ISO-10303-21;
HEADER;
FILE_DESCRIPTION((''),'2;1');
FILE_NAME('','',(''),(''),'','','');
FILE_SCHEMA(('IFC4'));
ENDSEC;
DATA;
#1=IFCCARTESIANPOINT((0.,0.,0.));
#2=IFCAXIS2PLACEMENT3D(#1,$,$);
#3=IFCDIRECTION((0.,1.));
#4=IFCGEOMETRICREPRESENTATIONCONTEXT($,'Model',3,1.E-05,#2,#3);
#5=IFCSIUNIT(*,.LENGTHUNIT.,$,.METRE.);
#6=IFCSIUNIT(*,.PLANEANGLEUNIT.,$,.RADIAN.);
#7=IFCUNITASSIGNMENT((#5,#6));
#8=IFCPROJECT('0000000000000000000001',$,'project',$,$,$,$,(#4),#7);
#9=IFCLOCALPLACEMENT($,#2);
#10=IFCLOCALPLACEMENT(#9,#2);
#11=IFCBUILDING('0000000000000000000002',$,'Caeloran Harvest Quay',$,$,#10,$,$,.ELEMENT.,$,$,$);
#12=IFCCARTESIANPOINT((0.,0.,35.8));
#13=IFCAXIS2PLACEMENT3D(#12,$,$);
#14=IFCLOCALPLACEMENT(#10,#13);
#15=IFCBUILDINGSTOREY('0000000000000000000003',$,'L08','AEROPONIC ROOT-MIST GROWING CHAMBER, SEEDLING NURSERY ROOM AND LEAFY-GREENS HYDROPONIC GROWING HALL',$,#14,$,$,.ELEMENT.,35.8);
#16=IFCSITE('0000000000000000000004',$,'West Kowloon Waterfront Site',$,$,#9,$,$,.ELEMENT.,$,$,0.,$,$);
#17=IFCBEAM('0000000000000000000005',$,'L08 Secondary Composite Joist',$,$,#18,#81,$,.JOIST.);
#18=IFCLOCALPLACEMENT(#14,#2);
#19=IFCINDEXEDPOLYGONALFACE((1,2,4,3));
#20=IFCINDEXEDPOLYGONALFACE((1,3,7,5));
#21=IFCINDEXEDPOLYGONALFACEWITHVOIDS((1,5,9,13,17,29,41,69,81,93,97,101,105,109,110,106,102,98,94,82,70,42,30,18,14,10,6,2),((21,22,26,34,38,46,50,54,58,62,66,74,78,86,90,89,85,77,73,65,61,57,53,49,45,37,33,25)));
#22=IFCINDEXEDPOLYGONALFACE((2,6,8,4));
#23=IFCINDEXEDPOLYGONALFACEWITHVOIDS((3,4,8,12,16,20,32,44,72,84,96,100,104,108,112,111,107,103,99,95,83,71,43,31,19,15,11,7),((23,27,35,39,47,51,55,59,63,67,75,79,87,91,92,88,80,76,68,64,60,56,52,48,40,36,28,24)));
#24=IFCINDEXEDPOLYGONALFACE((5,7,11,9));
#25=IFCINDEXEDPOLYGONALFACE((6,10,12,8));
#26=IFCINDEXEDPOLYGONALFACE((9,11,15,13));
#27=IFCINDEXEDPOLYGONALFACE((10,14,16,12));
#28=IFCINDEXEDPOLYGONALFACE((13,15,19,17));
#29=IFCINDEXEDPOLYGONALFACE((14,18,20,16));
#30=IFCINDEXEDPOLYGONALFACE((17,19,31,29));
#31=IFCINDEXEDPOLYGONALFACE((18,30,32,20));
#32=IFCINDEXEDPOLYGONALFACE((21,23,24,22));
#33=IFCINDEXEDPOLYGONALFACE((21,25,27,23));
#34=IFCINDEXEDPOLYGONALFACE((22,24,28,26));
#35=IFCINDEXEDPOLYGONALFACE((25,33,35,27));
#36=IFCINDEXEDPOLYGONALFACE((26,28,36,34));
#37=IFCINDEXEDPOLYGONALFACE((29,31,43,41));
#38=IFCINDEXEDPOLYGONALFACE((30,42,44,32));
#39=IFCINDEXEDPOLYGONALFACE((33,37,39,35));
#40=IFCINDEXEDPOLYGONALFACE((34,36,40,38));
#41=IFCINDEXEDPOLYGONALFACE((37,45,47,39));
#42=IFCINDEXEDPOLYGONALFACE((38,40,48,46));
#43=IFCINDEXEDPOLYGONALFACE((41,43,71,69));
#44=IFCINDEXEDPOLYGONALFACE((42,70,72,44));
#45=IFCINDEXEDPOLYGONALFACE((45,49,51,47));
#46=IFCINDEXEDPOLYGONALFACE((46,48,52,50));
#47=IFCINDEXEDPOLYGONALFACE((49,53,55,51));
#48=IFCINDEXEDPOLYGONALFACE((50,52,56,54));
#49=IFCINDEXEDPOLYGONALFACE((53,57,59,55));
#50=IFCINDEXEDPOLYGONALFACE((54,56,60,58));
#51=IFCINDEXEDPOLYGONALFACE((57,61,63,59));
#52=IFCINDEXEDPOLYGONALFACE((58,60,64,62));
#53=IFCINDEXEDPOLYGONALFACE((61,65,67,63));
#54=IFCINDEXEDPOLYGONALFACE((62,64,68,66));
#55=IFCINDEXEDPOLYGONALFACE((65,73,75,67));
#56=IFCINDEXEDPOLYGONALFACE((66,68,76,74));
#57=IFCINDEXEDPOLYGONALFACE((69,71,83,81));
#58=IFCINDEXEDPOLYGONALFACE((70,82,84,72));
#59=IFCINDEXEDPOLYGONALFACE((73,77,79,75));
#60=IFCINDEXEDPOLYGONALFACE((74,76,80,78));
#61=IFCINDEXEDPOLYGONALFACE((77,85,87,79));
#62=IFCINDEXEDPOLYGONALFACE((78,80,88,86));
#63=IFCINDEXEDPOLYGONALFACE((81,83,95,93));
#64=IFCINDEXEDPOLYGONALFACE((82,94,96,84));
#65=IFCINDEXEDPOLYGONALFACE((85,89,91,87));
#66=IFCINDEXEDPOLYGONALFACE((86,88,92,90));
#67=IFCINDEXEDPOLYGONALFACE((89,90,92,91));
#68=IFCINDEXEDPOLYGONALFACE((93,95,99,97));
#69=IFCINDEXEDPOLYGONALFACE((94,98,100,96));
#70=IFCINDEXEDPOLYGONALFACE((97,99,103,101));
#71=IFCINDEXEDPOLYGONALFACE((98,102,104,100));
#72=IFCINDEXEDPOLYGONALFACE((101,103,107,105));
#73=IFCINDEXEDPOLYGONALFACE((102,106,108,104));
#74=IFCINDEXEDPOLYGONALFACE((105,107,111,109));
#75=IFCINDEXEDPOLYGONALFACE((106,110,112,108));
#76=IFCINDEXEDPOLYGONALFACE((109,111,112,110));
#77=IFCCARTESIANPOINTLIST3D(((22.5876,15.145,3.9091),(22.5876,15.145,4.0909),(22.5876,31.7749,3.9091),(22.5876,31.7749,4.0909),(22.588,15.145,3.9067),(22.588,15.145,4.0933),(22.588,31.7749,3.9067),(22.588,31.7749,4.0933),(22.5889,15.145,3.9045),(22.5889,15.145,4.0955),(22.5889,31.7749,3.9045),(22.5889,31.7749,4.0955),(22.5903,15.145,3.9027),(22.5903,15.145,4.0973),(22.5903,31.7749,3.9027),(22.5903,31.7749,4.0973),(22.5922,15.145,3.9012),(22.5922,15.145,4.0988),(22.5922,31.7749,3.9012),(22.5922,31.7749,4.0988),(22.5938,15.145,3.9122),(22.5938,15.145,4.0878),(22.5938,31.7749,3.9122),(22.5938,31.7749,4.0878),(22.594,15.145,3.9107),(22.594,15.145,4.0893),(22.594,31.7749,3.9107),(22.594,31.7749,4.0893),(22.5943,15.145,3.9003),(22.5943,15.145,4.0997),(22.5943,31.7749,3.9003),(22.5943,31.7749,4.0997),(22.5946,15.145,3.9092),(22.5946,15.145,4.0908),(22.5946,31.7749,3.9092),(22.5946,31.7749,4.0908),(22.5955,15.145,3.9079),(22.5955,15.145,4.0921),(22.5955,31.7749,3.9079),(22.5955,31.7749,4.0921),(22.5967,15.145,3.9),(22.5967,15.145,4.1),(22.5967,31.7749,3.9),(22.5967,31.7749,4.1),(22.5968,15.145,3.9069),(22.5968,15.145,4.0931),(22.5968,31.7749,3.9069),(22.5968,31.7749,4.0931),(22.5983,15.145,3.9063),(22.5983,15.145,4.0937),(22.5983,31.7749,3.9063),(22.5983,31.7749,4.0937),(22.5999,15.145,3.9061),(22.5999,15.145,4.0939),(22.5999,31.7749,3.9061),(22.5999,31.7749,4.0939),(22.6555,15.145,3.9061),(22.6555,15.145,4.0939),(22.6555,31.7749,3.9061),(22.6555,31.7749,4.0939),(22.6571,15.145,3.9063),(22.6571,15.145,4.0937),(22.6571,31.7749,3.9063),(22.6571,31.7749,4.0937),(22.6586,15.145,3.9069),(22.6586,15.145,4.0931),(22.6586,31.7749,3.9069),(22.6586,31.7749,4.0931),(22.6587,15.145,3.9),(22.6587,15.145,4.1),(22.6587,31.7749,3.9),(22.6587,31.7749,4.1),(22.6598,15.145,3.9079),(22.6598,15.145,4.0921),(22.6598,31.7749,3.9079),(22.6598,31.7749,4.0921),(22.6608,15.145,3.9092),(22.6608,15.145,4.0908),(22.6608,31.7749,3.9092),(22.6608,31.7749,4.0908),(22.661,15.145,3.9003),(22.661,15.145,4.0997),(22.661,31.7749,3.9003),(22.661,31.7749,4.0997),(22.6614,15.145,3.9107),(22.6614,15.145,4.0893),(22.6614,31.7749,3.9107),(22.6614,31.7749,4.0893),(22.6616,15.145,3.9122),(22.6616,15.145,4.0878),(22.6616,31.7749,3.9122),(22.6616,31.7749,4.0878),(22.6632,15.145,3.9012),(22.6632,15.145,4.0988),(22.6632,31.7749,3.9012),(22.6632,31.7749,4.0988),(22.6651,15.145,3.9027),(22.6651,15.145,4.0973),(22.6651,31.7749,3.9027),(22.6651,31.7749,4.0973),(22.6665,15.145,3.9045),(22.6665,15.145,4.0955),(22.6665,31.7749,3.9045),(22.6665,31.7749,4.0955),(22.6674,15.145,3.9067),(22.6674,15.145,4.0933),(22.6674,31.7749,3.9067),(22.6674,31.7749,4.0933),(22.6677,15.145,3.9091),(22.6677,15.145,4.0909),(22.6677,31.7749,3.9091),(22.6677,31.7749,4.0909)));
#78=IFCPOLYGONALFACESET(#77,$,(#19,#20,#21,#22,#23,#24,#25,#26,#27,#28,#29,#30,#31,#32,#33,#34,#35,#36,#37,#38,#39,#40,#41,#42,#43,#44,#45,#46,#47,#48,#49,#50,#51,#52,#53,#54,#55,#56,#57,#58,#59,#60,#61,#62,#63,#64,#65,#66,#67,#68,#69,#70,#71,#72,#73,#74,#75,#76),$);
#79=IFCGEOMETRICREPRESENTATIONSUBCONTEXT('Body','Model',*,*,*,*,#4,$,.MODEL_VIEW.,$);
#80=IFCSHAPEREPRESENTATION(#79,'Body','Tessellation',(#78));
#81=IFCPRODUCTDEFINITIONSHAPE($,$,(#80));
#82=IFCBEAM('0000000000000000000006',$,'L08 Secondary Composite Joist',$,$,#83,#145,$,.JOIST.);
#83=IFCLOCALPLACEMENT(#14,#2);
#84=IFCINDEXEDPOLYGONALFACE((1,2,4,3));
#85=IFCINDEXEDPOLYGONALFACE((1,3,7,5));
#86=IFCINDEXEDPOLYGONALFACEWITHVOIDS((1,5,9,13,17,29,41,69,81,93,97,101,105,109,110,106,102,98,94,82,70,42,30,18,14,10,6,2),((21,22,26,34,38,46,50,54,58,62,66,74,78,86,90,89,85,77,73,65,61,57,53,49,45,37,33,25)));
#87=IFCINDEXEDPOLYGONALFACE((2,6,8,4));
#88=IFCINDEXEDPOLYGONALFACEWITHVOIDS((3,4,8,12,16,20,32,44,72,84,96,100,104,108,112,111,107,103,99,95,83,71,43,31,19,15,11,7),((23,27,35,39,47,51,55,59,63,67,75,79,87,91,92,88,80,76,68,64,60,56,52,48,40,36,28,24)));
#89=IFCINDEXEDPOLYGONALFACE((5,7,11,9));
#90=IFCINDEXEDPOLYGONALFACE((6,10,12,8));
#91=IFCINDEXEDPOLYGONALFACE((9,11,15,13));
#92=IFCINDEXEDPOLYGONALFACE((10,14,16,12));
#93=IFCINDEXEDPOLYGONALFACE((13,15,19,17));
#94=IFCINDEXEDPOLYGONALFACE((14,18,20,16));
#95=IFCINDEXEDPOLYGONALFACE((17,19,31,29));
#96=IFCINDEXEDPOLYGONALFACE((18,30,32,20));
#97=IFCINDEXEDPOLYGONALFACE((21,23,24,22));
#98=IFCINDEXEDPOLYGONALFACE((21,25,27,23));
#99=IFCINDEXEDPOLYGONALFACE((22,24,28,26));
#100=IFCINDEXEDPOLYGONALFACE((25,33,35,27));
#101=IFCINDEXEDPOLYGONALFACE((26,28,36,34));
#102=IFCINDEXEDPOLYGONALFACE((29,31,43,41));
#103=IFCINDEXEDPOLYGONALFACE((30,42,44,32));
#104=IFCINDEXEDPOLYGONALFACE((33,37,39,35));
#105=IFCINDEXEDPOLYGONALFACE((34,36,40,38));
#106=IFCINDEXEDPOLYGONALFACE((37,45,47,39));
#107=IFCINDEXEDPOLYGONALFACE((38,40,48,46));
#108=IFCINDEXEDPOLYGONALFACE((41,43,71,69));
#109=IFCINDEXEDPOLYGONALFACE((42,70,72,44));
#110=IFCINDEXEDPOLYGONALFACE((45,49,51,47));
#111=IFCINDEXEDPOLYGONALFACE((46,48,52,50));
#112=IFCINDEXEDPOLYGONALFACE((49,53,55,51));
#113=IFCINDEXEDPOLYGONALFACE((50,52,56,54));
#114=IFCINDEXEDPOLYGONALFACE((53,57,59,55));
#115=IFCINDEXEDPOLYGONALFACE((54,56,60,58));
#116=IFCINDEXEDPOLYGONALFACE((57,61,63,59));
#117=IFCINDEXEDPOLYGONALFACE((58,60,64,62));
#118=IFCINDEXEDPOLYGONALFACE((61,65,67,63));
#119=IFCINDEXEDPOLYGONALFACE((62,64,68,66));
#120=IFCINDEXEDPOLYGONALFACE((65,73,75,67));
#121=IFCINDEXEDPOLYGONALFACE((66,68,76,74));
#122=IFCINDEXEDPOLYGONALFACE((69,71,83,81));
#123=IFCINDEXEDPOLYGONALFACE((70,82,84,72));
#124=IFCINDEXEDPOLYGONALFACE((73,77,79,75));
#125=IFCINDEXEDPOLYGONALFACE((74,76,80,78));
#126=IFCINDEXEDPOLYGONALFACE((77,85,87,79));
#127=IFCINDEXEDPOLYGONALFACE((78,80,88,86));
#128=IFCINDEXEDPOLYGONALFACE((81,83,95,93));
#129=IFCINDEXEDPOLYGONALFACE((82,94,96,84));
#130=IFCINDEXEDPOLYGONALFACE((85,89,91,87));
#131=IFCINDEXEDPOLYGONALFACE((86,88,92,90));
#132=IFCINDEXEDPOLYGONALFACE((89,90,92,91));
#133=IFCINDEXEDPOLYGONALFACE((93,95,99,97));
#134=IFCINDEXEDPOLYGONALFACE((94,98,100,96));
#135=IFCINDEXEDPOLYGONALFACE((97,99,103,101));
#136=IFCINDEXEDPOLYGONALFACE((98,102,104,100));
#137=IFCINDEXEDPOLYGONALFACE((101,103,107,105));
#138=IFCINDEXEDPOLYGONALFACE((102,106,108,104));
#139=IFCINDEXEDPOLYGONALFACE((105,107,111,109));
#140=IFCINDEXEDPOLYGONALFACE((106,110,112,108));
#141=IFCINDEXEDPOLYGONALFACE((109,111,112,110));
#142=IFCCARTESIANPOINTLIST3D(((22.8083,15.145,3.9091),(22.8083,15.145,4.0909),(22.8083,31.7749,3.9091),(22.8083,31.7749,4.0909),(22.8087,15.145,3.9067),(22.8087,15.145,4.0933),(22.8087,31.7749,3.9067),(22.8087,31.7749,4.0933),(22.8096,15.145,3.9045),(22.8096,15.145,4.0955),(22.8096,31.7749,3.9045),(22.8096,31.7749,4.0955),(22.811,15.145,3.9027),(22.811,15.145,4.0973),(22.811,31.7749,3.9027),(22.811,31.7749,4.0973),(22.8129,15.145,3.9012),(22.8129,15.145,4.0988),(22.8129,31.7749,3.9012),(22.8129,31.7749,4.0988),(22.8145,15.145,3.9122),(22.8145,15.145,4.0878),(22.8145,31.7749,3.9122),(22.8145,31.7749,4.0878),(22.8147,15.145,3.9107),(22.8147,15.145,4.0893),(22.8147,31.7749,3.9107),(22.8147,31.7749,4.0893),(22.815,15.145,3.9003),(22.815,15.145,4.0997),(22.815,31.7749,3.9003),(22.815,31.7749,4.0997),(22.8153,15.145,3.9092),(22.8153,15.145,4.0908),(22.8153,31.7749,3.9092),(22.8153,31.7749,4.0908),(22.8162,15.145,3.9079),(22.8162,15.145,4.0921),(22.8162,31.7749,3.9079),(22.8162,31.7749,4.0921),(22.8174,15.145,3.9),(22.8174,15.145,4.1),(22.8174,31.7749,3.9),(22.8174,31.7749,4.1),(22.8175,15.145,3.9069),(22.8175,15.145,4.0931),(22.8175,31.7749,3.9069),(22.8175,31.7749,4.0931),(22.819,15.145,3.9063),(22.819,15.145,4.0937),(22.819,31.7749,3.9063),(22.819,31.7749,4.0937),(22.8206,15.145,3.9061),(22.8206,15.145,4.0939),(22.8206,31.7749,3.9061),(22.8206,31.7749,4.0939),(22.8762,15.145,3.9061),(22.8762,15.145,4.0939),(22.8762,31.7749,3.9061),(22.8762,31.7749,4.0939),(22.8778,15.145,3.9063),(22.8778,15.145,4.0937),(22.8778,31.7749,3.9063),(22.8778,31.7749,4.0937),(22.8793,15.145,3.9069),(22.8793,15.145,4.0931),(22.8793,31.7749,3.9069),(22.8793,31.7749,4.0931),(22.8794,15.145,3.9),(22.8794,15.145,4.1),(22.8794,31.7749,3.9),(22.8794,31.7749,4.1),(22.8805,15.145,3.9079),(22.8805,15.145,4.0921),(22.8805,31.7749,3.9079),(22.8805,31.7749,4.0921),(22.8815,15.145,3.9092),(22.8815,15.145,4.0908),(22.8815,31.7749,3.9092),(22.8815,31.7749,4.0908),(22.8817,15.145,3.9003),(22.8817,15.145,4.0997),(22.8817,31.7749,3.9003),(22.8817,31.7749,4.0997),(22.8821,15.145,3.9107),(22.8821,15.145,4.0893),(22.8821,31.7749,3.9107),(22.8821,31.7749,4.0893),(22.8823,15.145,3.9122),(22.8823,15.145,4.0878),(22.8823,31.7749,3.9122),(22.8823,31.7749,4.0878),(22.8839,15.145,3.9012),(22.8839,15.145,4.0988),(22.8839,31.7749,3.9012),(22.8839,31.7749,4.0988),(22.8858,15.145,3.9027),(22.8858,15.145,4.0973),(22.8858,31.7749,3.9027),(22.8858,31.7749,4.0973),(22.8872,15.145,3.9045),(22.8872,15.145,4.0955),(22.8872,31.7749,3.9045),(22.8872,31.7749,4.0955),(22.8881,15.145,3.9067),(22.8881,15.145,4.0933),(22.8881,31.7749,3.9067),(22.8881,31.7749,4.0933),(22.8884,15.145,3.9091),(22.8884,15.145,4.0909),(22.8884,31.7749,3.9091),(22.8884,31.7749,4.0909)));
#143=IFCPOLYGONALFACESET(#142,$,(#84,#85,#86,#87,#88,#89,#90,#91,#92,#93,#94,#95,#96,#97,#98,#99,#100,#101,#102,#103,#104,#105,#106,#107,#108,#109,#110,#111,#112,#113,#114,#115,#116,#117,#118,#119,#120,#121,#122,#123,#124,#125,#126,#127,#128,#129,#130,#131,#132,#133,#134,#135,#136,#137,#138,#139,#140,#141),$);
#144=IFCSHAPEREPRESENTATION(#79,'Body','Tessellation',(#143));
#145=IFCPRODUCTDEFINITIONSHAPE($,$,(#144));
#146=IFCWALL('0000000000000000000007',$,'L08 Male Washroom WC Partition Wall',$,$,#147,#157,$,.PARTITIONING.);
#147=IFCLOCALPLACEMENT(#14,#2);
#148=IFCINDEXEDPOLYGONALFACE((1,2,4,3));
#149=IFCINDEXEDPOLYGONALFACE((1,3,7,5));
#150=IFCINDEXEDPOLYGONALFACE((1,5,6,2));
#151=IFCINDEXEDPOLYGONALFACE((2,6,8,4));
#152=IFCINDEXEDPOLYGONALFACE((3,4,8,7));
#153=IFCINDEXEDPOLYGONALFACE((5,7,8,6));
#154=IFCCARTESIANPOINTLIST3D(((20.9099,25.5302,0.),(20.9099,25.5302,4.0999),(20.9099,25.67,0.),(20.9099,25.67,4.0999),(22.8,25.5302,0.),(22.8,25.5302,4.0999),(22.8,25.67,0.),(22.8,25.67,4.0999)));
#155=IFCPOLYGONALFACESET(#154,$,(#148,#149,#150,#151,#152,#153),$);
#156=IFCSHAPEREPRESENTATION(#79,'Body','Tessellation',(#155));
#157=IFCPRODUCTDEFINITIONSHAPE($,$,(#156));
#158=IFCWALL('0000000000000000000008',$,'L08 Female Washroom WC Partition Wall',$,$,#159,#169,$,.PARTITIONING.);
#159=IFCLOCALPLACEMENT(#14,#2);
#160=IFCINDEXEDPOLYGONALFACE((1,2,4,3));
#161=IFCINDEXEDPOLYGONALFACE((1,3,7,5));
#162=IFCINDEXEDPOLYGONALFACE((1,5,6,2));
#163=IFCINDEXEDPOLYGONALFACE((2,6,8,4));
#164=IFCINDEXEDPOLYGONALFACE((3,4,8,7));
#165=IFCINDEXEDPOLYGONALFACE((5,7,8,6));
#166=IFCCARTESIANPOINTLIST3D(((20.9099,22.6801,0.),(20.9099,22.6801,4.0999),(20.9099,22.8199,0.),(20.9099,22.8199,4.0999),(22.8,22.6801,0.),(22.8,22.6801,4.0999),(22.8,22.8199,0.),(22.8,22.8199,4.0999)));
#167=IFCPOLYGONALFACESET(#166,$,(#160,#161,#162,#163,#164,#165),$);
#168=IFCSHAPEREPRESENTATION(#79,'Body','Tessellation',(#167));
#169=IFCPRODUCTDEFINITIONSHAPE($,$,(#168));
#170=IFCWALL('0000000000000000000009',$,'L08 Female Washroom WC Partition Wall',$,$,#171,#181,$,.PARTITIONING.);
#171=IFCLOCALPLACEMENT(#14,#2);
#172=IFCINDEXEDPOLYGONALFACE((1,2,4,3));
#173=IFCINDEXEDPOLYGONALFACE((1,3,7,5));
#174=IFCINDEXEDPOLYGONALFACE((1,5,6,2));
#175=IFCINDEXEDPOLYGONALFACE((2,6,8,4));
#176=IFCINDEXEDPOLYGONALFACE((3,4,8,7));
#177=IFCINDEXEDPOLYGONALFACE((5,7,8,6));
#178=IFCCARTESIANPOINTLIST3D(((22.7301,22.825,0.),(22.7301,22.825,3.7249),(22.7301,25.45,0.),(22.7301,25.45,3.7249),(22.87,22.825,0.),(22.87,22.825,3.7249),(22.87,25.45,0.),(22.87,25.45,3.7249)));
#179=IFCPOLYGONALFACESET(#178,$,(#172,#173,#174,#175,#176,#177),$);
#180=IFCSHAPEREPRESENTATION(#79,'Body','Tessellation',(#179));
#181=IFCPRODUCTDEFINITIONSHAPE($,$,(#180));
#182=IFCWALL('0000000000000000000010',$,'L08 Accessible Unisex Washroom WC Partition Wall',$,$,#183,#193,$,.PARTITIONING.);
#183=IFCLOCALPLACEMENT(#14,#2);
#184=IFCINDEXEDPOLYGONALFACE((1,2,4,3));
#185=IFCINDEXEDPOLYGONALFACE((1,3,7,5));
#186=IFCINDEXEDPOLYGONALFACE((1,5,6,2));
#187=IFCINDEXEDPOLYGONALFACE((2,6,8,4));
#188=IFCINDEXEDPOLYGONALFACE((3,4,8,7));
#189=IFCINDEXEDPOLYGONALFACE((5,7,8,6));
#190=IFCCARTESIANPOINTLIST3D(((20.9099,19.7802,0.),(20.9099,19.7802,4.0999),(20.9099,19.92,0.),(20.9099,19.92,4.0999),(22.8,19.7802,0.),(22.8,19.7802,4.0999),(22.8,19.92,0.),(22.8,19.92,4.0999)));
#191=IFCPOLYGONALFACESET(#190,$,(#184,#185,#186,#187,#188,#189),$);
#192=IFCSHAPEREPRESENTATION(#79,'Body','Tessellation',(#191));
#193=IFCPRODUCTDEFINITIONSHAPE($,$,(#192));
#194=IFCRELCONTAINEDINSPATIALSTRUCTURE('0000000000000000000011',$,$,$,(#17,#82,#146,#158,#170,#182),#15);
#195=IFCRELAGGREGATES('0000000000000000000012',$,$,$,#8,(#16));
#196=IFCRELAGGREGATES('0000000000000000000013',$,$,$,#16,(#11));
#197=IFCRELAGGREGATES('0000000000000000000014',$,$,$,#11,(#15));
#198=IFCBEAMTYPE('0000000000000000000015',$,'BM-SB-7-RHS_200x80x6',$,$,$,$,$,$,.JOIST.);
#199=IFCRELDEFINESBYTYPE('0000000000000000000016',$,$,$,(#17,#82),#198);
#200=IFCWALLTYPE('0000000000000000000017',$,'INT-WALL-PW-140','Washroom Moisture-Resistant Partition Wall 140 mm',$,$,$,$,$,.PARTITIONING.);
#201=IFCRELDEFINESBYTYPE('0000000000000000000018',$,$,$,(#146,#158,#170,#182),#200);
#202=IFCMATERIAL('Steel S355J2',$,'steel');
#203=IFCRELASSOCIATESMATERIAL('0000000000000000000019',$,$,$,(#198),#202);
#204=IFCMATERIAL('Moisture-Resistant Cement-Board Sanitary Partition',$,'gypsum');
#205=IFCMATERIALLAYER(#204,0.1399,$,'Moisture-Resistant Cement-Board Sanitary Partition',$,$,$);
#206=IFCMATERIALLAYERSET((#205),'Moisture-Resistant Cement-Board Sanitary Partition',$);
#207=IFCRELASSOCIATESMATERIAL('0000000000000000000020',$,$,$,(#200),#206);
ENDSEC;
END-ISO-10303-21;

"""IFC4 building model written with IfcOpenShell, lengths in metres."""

from ifc_helpers import new_model, si_unit, direction, frame, frame_2d, origin, origin_2d, place, context, subcontext, project, spatial, rectangle, hollow_rectangle, extrude, material, layer, layer_set, material_profile, profile_set, type_object, element, save


model = new_model("IFC4")

# Units and contexts
model_context = context("Model", 3, precision=1e-05, world=origin(), true_north=direction((0.0, 1.0)))
body_context = subcontext(model_context, "Body", "Model", "MODEL_VIEW")
ifc_project = project(units=[si_unit("LENGTHUNIT", "METRE"), si_unit("PLANEANGLEUNIT", "RADIAN")], contexts=[model_context])

# Site, building, storey
site_placement = place(None, origin())
site = spatial("IfcSite", under=ifc_project, at=site_placement, Name="West Kowloon Waterfront Site", CompositionType="ELEMENT", RefElevation=0.0)
building_placement = place(site_placement, origin())
building = spatial("IfcBuilding", under=site, at=building_placement, Name="Caeloran Harvest Quay", CompositionType="ELEMENT")
storey_placement = place(building_placement, frame((0.0, 0.0, 35.8)))
storey = spatial("IfcBuildingStorey", under=building, at=storey_placement, Name="L08", Description="AEROPONIC ROOT-MIST GROWING CHAMBER, SEEDLING NURSERY ROOM AND LEAFY-GREENS HYDROPONIC GROWING HALL", CompositionType="ELEMENT", Elevation=35.8)

# Beams
ifc_material_1 = material(Name="Steel S355J2", Category="steel")
ifc_material_profile_1 = material_profile(ifc_material_1, hollow_rectangle(XDim=0.0801, YDim=0.2, WallThickness=0.0061, InnerFilletRadius=0.0061, OuterFilletRadius=0.009, at=origin_2d()), Name="RHS 200x80x6")
ifc_profile_set_1 = profile_set([ifc_material_profile_1], Name="Steel S355J2")
beam_type_1 = type_object("IfcBeamType", Name="BM-SB-7-RHS_200x80x6", PredefinedType="JOIST", material=ifc_profile_set_1)
for number, where, z_axis, x_axis, name in (
    (1, (22.6277, 15.145, 4.0), (0.0, 1.0, 0.0), (-1.0, 0.0, 0.0), "L08 Secondary Composite Joist"),
    (2, (22.8484, 15.145, 4.0), (0.0, 1.0, 0.0), (-1.0, 0.0, 0.0), "L08 Secondary Composite Joist"),
):
    element("IfcBeam", number, at=place(storey_placement, frame(where, z_axis=z_axis, x_axis=x_axis)), inside=storey, type_object=beam_type_1, Name=name, PredefinedType="JOIST", context=body_context, shape_type="SweptSolid", body=[
        extrude(hollow_rectangle(XDim=0.0801, YDim=0.2, WallThickness=0.0061, InnerFilletRadius=0.0061, OuterFilletRadius=0.009, at=origin_2d()), origin(), (0.0, 0.0, 1.0), 16.6299),
    ])

# Wall
ifc_material_2 = material(Name="Moisture-Resistant Cement-Board Sanitary Partition", Category="gypsum")
ifc_layer_1 = layer(ifc_material_2, 0.1399, Name="Moisture-Resistant Cement-Board Sanitary Partition")
ifc_layer_set_1 = layer_set([ifc_layer_1], Name="Moisture-Resistant Cement-Board Sanitary Partition")
wall_type_1 = type_object("IfcWallType", Name="INT-WALL-PW-140", Description="Washroom Moisture-Resistant Partition Wall 140 mm", PredefinedType="PARTITIONING", material=ifc_layer_set_1)
wall_1_placement = place(storey_placement, frame((22.8, 25.6001, 0.0), z_axis=(0.0, 0.0, 1.0), x_axis=(-1.0, 0.0, 0.0)))
element("IfcWall", 3, at=wall_1_placement, inside=storey, type_object=wall_type_1, Name="L08 Male Washroom WC Partition Wall", PredefinedType="PARTITIONING", context=body_context, shape_type="SweptSolid", body=[
    extrude(rectangle(XDim=1.8901, YDim=0.1399, at=frame_2d((0.9451, 0.0))), origin(), (0.0, 0.0, 1.0), 4.0999),
])

# Wall
wall_2_placement = place(storey_placement, frame((22.8, 22.75, 0.0), z_axis=(0.0, 0.0, 1.0), x_axis=(-1.0, 0.0, 0.0)))
element("IfcWall", 4, at=wall_2_placement, inside=storey, type_object=wall_type_1, Name="L08 Female Washroom WC Partition Wall", PredefinedType="PARTITIONING", context=body_context, shape_type="SweptSolid", body=[
    extrude(rectangle(XDim=1.8901, YDim=0.1399, at=frame_2d((0.9451, 0.0))), origin(), (0.0, 0.0, 1.0), 4.0999),
])

# Walls
wall_3_placement = place(storey_placement, frame((22.8, 25.45, 0.0), z_axis=(0.0, 0.0, 1.0), x_axis=(0.0, -1.0, 0.0)))
element("IfcWall", 5, at=wall_3_placement, inside=storey, type_object=wall_type_1, Name="L08 Female Washroom WC Partition Wall", PredefinedType="PARTITIONING", context=body_context, shape_type="SweptSolid", body=[
    extrude(rectangle(XDim=2.625, YDim=0.1399, at=frame_2d((1.3125, 0.0))), origin(), (0.0, 0.0, 1.0), 3.7249),
])
wall_4_placement = place(storey_placement, frame((22.8, 19.8501, 0.0), z_axis=(0.0, 0.0, 1.0), x_axis=(-1.0, 0.0, 0.0)))
element("IfcWall", 6, at=wall_4_placement, inside=storey, type_object=wall_type_1, Name="L08 Accessible Unisex Washroom WC Partition Wall", PredefinedType="PARTITIONING", context=body_context, shape_type="SweptSolid", body=[
    extrude(rectangle(XDim=1.8901, YDim=0.1399, at=frame_2d((0.9451, 0.0))), origin(), (0.0, 0.0, 1.0), 4.0999),
])

save(model, "model.ifc")
